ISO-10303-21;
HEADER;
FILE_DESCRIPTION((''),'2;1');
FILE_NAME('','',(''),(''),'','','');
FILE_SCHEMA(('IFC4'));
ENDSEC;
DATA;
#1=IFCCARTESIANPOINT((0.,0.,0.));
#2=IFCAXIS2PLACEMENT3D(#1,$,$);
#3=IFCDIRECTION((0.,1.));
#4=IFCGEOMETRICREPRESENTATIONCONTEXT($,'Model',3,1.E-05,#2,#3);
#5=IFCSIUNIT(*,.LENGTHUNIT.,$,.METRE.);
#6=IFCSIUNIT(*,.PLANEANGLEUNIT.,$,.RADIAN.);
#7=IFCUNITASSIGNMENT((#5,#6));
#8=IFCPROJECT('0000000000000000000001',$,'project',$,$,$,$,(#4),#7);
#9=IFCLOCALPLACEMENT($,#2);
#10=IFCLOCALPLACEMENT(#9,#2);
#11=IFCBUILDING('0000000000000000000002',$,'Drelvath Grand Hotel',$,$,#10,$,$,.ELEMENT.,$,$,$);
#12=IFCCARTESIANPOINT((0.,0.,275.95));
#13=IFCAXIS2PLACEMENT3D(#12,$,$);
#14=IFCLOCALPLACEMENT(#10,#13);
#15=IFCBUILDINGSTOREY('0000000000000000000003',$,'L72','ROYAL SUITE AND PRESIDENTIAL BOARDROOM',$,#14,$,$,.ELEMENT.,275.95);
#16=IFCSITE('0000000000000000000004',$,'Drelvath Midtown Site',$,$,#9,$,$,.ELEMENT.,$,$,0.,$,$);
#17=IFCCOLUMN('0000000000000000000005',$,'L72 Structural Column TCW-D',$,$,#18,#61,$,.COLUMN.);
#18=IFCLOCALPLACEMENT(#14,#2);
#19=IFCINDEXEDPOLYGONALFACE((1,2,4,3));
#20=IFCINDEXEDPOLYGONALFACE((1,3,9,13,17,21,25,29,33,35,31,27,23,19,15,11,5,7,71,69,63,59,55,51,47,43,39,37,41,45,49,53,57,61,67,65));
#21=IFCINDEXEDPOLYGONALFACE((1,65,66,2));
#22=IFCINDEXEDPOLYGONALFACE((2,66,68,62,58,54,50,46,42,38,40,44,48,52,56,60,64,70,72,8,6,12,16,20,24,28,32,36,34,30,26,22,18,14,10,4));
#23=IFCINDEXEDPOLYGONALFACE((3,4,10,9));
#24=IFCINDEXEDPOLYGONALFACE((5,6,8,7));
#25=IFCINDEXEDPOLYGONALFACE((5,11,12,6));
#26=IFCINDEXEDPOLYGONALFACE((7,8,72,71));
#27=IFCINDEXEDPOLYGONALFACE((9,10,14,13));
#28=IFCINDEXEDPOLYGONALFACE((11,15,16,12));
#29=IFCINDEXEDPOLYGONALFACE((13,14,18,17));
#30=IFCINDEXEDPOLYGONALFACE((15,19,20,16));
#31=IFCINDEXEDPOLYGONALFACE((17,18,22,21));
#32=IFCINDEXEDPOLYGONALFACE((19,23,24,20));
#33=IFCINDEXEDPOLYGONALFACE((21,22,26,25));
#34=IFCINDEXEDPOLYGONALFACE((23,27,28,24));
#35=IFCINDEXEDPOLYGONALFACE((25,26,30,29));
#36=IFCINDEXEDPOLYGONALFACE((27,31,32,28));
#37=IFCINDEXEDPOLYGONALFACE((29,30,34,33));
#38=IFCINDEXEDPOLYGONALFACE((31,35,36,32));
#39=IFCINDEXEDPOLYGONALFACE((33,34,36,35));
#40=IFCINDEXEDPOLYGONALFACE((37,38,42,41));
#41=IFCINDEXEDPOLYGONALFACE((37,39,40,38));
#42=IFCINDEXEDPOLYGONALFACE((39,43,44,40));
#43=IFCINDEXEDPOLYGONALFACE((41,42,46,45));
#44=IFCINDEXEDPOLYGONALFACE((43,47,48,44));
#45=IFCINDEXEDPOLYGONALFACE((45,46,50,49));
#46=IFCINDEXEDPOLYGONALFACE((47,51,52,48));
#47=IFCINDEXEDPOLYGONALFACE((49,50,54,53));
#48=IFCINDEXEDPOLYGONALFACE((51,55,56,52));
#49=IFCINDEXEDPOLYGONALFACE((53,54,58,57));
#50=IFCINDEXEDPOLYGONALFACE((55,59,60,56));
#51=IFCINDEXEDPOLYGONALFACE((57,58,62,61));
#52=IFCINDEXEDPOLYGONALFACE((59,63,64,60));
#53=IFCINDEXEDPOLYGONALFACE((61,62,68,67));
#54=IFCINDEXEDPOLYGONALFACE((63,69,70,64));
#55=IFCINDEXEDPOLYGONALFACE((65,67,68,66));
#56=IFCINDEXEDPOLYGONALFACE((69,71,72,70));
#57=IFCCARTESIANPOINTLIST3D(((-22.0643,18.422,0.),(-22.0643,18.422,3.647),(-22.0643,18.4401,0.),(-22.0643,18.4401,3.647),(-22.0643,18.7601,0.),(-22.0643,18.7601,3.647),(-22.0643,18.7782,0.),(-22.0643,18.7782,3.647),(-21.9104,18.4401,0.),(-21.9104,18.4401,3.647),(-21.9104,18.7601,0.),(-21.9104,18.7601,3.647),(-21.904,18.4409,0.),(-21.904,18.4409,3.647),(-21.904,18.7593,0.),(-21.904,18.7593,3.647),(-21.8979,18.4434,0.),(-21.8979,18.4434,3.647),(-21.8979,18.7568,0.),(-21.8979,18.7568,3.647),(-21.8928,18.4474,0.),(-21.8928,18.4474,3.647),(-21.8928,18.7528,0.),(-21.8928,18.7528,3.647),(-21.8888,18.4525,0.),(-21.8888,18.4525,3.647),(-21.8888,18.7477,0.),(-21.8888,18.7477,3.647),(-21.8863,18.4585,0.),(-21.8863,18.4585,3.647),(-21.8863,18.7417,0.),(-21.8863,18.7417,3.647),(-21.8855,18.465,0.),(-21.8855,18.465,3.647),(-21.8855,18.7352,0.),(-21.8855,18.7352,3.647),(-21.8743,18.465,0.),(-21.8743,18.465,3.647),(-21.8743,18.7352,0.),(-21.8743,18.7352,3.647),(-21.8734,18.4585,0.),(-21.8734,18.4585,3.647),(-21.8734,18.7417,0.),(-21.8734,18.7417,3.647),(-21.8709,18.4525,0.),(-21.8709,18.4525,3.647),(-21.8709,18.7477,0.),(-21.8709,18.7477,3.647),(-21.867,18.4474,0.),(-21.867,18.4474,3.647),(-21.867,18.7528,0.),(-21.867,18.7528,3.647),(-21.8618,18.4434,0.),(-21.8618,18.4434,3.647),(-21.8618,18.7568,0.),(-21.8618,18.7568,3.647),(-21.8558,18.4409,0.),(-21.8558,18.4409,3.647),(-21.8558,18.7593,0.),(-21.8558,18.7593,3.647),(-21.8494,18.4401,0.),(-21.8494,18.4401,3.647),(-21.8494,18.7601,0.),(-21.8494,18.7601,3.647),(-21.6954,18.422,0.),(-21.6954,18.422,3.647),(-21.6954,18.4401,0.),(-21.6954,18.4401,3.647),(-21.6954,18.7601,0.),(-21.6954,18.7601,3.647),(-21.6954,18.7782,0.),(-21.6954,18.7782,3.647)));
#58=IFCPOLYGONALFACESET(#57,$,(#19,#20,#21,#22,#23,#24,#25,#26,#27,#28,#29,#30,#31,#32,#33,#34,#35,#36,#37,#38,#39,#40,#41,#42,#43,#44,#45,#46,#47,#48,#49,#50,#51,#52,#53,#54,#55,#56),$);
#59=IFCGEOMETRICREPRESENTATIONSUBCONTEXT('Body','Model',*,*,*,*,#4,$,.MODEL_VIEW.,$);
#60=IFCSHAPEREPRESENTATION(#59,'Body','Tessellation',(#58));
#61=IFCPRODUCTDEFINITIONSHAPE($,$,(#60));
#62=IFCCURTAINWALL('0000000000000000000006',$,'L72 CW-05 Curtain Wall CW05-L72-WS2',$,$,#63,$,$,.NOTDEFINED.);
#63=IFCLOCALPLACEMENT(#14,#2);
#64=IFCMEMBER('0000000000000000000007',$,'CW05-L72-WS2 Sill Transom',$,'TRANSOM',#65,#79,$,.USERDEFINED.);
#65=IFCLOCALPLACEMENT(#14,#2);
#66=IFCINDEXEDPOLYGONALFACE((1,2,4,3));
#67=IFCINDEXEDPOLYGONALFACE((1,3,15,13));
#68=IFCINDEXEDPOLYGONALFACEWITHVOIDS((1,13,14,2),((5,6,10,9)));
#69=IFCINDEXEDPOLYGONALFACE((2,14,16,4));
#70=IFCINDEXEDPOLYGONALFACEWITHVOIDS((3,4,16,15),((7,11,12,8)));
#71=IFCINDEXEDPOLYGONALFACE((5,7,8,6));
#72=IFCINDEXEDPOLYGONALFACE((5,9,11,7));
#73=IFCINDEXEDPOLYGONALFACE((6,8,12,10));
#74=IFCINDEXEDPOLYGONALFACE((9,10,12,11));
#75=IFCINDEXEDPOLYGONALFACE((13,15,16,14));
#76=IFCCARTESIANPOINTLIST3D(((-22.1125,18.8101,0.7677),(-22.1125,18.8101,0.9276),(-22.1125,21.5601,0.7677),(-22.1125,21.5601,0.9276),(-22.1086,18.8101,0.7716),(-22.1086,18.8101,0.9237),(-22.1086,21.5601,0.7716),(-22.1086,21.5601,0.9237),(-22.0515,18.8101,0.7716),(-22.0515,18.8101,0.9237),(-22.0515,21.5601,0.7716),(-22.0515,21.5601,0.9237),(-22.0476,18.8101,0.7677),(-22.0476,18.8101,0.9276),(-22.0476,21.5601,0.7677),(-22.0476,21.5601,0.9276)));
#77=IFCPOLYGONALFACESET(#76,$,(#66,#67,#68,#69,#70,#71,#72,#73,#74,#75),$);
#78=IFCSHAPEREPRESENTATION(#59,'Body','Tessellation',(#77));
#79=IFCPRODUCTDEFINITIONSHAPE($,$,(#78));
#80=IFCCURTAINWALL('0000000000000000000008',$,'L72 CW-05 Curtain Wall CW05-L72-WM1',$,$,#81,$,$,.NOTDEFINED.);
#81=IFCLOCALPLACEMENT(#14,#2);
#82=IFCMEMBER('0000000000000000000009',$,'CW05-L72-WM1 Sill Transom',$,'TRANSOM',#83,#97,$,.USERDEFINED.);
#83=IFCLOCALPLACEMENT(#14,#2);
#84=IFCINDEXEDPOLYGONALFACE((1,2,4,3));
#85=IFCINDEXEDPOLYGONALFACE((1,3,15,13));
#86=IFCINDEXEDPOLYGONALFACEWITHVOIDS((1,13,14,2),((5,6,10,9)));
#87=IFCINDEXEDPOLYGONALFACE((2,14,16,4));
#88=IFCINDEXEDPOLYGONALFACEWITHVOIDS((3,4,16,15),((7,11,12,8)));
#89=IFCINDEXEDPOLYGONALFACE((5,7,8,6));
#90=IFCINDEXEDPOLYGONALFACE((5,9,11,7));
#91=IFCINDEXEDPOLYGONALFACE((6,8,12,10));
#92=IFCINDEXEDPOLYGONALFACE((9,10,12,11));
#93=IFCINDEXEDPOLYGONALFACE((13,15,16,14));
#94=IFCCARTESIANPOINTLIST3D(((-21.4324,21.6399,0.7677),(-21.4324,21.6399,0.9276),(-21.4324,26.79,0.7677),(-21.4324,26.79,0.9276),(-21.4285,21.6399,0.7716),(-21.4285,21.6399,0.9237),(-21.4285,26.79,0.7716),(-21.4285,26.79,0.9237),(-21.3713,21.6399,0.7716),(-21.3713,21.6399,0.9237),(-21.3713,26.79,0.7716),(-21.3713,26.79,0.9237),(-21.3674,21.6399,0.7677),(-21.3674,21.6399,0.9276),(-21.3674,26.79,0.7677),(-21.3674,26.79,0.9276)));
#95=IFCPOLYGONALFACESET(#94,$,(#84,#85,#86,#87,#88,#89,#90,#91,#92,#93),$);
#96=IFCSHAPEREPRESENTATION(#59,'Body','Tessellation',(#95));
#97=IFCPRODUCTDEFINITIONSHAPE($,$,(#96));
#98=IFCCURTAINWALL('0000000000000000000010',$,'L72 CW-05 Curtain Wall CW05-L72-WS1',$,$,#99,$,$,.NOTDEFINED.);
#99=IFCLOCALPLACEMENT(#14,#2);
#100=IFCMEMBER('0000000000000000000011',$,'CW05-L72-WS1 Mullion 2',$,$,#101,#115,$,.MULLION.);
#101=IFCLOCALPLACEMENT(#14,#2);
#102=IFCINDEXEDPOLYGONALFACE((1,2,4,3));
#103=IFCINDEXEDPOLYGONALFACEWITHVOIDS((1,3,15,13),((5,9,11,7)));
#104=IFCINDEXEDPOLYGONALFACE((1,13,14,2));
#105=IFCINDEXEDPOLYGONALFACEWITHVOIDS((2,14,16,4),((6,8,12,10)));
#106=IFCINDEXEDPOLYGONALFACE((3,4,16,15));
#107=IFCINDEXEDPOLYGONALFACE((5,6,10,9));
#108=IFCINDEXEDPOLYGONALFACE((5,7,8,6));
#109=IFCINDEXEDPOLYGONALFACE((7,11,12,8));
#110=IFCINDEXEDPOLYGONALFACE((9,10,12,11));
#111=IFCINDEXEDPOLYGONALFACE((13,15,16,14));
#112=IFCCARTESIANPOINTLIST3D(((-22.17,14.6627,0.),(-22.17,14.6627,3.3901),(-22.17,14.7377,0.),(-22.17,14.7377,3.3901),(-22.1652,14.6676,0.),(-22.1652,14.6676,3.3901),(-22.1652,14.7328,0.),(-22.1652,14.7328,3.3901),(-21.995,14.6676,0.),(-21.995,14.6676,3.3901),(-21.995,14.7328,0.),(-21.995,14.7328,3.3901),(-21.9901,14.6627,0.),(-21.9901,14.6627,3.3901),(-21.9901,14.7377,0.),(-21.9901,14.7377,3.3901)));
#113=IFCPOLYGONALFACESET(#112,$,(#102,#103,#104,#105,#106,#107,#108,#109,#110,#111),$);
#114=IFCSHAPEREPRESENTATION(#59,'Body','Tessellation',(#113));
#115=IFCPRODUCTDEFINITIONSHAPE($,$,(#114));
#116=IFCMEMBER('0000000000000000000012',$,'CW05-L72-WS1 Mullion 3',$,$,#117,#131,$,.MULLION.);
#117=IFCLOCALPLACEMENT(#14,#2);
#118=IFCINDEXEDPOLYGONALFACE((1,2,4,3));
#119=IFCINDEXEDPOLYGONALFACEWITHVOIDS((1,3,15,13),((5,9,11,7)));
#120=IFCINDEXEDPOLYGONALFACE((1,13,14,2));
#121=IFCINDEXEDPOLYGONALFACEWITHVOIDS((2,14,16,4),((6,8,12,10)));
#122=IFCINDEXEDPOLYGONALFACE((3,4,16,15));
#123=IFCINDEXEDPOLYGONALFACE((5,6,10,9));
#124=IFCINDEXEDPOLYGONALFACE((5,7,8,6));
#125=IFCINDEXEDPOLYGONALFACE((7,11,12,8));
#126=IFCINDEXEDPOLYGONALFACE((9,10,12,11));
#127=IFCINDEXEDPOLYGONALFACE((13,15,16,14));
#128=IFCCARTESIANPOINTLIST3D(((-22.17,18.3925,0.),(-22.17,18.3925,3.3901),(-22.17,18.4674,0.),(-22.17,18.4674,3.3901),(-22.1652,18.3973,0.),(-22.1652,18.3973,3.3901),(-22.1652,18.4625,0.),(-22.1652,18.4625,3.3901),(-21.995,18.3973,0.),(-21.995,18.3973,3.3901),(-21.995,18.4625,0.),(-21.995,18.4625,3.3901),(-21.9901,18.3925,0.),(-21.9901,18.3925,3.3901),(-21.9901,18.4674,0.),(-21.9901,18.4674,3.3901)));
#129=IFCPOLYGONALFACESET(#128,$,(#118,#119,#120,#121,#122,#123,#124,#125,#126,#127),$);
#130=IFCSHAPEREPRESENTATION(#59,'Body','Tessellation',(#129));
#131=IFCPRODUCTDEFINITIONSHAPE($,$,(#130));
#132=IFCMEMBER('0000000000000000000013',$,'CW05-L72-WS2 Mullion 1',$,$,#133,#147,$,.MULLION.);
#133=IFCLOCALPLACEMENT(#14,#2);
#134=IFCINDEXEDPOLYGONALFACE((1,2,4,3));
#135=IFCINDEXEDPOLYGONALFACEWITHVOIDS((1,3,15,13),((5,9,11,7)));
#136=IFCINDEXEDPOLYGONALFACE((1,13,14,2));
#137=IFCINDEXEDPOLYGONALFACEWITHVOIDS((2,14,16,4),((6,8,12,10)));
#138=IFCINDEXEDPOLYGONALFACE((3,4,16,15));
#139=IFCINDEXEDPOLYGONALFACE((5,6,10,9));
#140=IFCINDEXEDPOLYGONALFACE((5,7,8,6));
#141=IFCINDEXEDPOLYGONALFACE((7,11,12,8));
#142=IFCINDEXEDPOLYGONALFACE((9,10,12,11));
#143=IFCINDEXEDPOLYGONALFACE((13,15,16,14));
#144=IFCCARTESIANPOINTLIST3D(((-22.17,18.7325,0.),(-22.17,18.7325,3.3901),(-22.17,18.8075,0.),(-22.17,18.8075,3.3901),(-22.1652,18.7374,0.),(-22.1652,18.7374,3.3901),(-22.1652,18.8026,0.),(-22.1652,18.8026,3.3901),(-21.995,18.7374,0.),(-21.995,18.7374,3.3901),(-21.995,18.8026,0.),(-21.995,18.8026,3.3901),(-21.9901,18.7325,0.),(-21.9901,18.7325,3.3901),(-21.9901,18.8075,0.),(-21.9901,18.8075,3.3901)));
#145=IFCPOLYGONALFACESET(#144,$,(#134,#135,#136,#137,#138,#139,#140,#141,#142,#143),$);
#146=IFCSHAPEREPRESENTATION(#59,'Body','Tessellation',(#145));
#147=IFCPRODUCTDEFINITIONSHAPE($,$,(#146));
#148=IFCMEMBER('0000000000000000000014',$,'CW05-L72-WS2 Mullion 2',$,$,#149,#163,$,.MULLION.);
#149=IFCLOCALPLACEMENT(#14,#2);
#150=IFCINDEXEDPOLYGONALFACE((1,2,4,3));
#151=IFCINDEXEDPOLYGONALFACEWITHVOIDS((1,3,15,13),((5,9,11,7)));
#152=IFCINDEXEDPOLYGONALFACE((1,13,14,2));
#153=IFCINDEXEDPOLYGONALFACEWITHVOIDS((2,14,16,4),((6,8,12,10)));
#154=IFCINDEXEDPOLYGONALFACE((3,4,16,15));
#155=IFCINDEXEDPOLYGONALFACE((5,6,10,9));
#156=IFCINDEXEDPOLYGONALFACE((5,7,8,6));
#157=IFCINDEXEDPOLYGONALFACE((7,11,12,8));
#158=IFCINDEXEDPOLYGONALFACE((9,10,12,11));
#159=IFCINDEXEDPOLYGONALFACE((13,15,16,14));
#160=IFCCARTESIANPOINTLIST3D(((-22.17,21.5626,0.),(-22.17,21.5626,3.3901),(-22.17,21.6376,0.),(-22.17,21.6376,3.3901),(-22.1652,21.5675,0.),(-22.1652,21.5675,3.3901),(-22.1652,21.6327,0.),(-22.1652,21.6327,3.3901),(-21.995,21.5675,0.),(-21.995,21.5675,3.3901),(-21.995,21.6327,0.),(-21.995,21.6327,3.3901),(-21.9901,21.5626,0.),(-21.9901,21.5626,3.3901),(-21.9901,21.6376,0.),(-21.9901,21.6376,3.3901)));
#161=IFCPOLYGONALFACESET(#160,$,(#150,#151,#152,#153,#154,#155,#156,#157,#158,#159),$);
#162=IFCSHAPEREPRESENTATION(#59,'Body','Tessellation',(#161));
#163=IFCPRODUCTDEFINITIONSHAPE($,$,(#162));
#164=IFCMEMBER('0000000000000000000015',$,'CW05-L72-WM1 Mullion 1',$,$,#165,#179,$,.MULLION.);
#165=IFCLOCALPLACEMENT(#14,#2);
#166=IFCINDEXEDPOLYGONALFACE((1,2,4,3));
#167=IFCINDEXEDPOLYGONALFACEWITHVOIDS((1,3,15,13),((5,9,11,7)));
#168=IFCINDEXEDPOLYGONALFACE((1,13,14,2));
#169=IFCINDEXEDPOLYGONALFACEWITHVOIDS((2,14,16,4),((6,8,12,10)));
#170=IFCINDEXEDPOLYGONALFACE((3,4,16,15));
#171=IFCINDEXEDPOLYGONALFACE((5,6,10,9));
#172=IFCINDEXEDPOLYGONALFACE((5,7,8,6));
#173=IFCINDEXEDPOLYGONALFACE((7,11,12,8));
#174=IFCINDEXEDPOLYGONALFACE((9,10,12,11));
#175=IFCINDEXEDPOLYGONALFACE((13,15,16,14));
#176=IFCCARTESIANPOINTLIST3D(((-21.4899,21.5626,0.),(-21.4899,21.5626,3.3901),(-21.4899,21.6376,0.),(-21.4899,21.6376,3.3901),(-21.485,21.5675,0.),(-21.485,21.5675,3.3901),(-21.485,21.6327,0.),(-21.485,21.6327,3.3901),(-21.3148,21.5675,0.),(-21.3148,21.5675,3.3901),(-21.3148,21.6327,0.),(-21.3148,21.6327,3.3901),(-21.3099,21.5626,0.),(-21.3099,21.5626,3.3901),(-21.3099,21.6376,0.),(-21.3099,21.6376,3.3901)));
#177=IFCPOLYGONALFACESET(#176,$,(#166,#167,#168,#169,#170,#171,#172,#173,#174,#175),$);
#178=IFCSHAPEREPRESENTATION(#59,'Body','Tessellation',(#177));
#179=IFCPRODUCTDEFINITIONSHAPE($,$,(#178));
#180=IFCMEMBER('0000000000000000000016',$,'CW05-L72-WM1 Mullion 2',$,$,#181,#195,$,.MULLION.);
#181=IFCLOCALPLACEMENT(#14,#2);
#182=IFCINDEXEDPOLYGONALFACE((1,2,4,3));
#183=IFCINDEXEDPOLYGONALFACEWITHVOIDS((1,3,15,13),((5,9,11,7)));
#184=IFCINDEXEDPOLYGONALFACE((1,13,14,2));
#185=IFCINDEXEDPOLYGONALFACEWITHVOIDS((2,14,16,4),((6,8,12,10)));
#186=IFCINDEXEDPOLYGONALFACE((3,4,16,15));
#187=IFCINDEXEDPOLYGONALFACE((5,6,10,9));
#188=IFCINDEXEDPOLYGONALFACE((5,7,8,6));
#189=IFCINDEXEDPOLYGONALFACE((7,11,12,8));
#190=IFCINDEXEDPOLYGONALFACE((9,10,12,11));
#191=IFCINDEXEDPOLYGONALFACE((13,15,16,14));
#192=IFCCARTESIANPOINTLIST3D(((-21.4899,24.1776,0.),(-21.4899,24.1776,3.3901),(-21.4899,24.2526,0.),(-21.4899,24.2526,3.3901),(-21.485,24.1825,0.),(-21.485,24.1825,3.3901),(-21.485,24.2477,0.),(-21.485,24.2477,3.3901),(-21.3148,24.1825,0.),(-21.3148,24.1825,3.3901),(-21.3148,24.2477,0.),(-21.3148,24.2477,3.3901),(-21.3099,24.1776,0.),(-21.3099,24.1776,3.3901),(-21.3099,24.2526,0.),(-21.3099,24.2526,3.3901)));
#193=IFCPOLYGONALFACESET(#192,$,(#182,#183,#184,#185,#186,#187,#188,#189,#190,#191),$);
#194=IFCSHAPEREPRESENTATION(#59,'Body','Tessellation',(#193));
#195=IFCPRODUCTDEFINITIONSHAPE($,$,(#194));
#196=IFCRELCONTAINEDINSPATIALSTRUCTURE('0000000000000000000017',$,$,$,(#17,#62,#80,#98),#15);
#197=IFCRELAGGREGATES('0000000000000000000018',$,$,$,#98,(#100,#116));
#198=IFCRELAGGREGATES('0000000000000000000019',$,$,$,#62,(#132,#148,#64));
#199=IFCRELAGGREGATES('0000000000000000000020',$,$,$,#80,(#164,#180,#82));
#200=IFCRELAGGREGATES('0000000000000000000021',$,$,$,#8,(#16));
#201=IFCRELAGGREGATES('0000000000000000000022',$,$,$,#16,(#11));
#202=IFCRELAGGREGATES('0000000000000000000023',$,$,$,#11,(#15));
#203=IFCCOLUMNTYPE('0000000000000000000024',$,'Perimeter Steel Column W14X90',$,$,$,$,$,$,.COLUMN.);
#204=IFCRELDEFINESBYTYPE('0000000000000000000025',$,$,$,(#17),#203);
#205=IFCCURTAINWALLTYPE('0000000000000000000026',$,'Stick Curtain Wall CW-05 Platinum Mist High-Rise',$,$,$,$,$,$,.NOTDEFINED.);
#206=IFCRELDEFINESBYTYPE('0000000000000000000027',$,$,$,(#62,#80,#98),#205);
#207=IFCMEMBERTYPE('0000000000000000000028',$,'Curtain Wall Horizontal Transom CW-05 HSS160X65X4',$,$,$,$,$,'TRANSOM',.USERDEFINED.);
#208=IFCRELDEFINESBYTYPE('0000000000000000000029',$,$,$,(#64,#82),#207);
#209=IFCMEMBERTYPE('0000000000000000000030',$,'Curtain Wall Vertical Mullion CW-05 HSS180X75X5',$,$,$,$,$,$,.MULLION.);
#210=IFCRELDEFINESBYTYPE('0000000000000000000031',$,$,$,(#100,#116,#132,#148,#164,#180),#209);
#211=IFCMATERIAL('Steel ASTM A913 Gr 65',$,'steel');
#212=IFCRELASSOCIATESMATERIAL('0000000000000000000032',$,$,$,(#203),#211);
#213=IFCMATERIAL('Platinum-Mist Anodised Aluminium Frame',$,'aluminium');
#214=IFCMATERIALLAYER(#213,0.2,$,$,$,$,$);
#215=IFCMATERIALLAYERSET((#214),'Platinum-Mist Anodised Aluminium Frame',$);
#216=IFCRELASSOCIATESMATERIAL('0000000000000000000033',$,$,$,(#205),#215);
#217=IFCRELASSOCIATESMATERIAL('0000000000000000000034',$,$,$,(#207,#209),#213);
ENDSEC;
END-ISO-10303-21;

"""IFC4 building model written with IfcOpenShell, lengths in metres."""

from ifc_helpers import new_model, si_unit, direction, frame, origin, origin_2d, place, context, subcontext, project, spatial, hollow_rectangle, i_section, extrude, material, layer, layer_set, material_profile, profile_set, type_object, element, aggregate, save


model = new_model("IFC4")

# Units and contexts
model_context = context("Model", 3, precision=1e-05, world=origin(), true_north=direction((0.0, 1.0)))
body_context = subcontext(model_context, "Body", "Model", "MODEL_VIEW")
ifc_project = project(units=[si_unit("LENGTHUNIT", "METRE"), si_unit("PLANEANGLEUNIT", "RADIAN")], contexts=[model_context])

# Site, building, storey
site_placement = place(None, origin())
site = spatial("IfcSite", under=ifc_project, at=site_placement, Name="Drelvath Midtown Site", CompositionType="ELEMENT", RefElevation=0.0)
building_placement = place(site_placement, origin())
building = spatial("IfcBuilding", under=site, at=building_placement, Name="Drelvath Grand Hotel", CompositionType="ELEMENT")
storey_placement = place(building_placement, frame((0.0, 0.0, 275.95)))
storey = spatial("IfcBuildingStorey", under=building, at=storey_placement, Name="L72", Description="ROYAL SUITE AND PRESIDENTIAL BOARDROOM", CompositionType="ELEMENT", Elevation=275.95)

# Column
ifc_material_1 = material(Name="Steel ASTM A913 Gr 65", Category="steel")
ifc_material_profile_1 = material_profile(ifc_material_1, i_section(OverallWidth=0.3689, OverallDepth=0.3562, WebThickness=0.0112, FlangeThickness=0.0181, FilletRadius=0.0249, at=origin_2d()), Name="W14X90")
ifc_profile_set_1 = profile_set([ifc_material_profile_1], Name="Steel ASTM A913 Gr 65")
column_type = type_object("IfcColumnType", Name="Perimeter Steel Column W14X90", PredefinedType="COLUMN", material=ifc_profile_set_1)
column_placement = place(storey_placement, frame((-21.8799, 18.6001, 0.0), z_axis=(0.0, 0.0, 1.0), x_axis=(1.0, 0.0, 0.0)))
element("IfcColumn", 1, at=column_placement, inside=storey, type_object=column_type, Name="L72 Structural Column TCW-D", PredefinedType="COLUMN", context=body_context, shape_type="SweptSolid", body=[
    extrude(i_section(OverallWidth=0.3689, OverallDepth=0.3562, WebThickness=0.0112, FlangeThickness=0.0181, FilletRadius=0.0249, at=origin_2d()), origin(), (0.0, 0.0, 1.0), 3.647),
])

# Curtain walls, members
ifc_material_2 = material(Name="Platinum-Mist Anodised Aluminium Frame", Category="aluminium")
ifc_layer_1 = layer(ifc_material_2, 0.2)
ifc_layer_set_1 = layer_set([ifc_layer_1], Name="Platinum-Mist Anodised Aluminium Frame")
curtain_wall_type = type_object("IfcCurtainWallType", Name="Stick Curtain Wall CW-05 Platinum Mist High-Rise", PredefinedType="NOTDEFINED", material=ifc_layer_set_1)
curtain_wall_1_placement = place(storey_placement, origin())
curtain_wall_1 = element("IfcCurtainWall", 2, at=curtain_wall_1_placement, inside=storey, type_object=curtain_wall_type, Name="L72 CW-05 Curtain Wall CW05-L72-WS2", PredefinedType="NOTDEFINED")
ifc_material_profile_2 = material_profile(ifc_material_2, hollow_rectangle(XDim=0.0649, YDim=0.1599, WallThickness=0.0039, at=origin_2d()), Name="HSS160X65X4")
ifc_profile_set_2 = profile_set([ifc_material_profile_2], Name="Platinum-Mist Anodised Aluminium Frame")
member_type_1 = type_object("IfcMemberType", Name="Curtain Wall Horizontal Transom CW-05 HSS160X65X4", ElementType="TRANSOM", PredefinedType="USERDEFINED", material=ifc_profile_set_2)
member_1_placement = place(storey_placement, frame((-22.0801, 18.8101, 0.8477), z_axis=(0.0, 1.0, 0.0), x_axis=(-1.0, 0.0, 0.0)))
member_1 = element("IfcMember", 3, at=member_1_placement, type_object=member_type_1, Name="CW05-L72-WS2 Sill Transom", ObjectType="TRANSOM", PredefinedType="USERDEFINED", context=body_context, shape_type="SweptSolid", body=[
    extrude(hollow_rectangle(XDim=0.0649, YDim=0.1599, WallThickness=0.0039, at=origin_2d()), origin(), (0.0, 0.0, 1.0), 2.75),
])
curtain_wall_2_placement = place(storey_placement, origin())
curtain_wall_2 = element("IfcCurtainWall", 4, at=curtain_wall_2_placement, inside=storey, type_object=curtain_wall_type, Name="L72 CW-05 Curtain Wall CW05-L72-WM1", PredefinedType="NOTDEFINED")
member_2_placement = place(storey_placement, frame((-21.3999, 21.6399, 0.8477), z_axis=(0.0, 1.0, 0.0), x_axis=(-1.0, 0.0, 0.0)))
member_2 = element("IfcMember", 5, at=member_2_placement, type_object=member_type_1, Name="CW05-L72-WM1 Sill Transom", ObjectType="TRANSOM", PredefinedType="USERDEFINED", context=body_context, shape_type="SweptSolid", body=[
    extrude(hollow_rectangle(XDim=0.0649, YDim=0.1599, WallThickness=0.0039, at=origin_2d()), origin(), (0.0, 0.0, 1.0), 5.1501),
])

# Curtain wall, members
curtain_wall_3_placement = place(storey_placement, origin())
curtain_wall_3 = element("IfcCurtainWall", 6, at=curtain_wall_3_placement, inside=storey, type_object=curtain_wall_type, Name="L72 CW-05 Curtain Wall CW05-L72-WS1", PredefinedType="NOTDEFINED")
ifc_material_profile_3 = material_profile(ifc_material_2, hollow_rectangle(XDim=0.075, YDim=0.1799, WallThickness=0.0049, at=origin_2d()), Name="HSS180X75X5")
ifc_profile_set_3 = profile_set([ifc_material_profile_3], Name="Platinum-Mist Anodised Aluminium Frame")
member_type_2 = type_object("IfcMemberType", Name="Curtain Wall Vertical Mullion CW-05 HSS180X75X5", PredefinedType="MULLION", material=ifc_profile_set_3)
member_3_placement = place(storey_placement, frame((-22.0801, 14.7002, 0.0), z_axis=(0.0, 0.0, 1.0), x_axis=(0.0, 1.0, 0.0)))
member_3 = element("IfcMember", 7, at=member_3_placement, type_object=member_type_2, Name="CW05-L72-WS1 Mullion 2", PredefinedType="MULLION", context=body_context, shape_type="SweptSolid", body=[
    extrude(hollow_rectangle(XDim=0.075, YDim=0.1799, WallThickness=0.0049, at=origin_2d()), origin(), (0.0, 0.0, 1.0), 3.3901),
])
member_4_placement = place(storey_placement, frame((-22.0801, 18.4299, 0.0), z_axis=(0.0, 0.0, 1.0), x_axis=(0.0, 1.0, 0.0)))
member_4 = element("IfcMember", 8, at=member_4_placement, type_object=member_type_2, Name="CW05-L72-WS1 Mullion 3", PredefinedType="MULLION", context=body_context, shape_type="SweptSolid", body=[
    extrude(hollow_rectangle(XDim=0.075, YDim=0.1799, WallThickness=0.0049, at=origin_2d()), origin(), (0.0, 0.0, 1.0), 3.3901),
])

# Members
member_5_placement = place(storey_placement, frame((-22.0801, 18.77, 0.0), z_axis=(0.0, 0.0, 1.0), x_axis=(0.0, 1.0, 0.0)))
member_5 = element("IfcMember", 9, at=member_5_placement, type_object=member_type_2, Name="CW05-L72-WS2 Mullion 1", PredefinedType="MULLION", context=body_context, shape_type="SweptSolid", body=[
    extrude(hollow_rectangle(XDim=0.075, YDim=0.1799, WallThickness=0.0049, at=origin_2d()), origin(), (0.0, 0.0, 1.0), 3.3901),
])
member_6_placement = place(storey_placement, frame((-22.0801, 21.6001, 0.0), z_axis=(0.0, 0.0, 1.0), x_axis=(0.0, 1.0, 0.0)))
member_6 = element("IfcMember", 10, at=member_6_placement, type_object=member_type_2, Name="CW05-L72-WS2 Mullion 2", PredefinedType="MULLION", context=body_context, shape_type="SweptSolid", body=[
    extrude(hollow_rectangle(XDim=0.075, YDim=0.1799, WallThickness=0.0049, at=origin_2d()), origin(), (0.0, 0.0, 1.0), 3.3901),
])
member_7_placement = place(storey_placement, frame((-21.3999, 21.6001, 0.0), z_axis=(0.0, 0.0, 1.0), x_axis=(0.0, 1.0, 0.0)))
member_7 = element("IfcMember", 11, at=member_7_placement, type_object=member_type_2, Name="CW05-L72-WM1 Mullion 1", PredefinedType="MULLION", context=body_context, shape_type="SweptSolid", body=[
    extrude(hollow_rectangle(XDim=0.075, YDim=0.1799, WallThickness=0.0049, at=origin_2d()), origin(), (0.0, 0.0, 1.0), 3.3901),
])
member_8_placement = place(storey_placement, frame((-21.3999, 24.2151, 0.0), z_axis=(0.0, 0.0, 1.0), x_axis=(0.0, 1.0, 0.0)))
member_8 = element("IfcMember", 12, at=member_8_placement, type_object=member_type_2, Name="CW05-L72-WM1 Mullion 2", PredefinedType="MULLION", context=body_context, shape_type="SweptSolid", body=[
    extrude(hollow_rectangle(XDim=0.075, YDim=0.1799, WallThickness=0.0049, at=origin_2d()), origin(), (0.0, 0.0, 1.0), 3.3901),
])

aggregate(curtain_wall_3, [member_3, member_4])
aggregate(curtain_wall_1, [member_5, member_6, member_1])
aggregate(curtain_wall_2, [member_7, member_8, member_2])

save(model, "model.ifc")
